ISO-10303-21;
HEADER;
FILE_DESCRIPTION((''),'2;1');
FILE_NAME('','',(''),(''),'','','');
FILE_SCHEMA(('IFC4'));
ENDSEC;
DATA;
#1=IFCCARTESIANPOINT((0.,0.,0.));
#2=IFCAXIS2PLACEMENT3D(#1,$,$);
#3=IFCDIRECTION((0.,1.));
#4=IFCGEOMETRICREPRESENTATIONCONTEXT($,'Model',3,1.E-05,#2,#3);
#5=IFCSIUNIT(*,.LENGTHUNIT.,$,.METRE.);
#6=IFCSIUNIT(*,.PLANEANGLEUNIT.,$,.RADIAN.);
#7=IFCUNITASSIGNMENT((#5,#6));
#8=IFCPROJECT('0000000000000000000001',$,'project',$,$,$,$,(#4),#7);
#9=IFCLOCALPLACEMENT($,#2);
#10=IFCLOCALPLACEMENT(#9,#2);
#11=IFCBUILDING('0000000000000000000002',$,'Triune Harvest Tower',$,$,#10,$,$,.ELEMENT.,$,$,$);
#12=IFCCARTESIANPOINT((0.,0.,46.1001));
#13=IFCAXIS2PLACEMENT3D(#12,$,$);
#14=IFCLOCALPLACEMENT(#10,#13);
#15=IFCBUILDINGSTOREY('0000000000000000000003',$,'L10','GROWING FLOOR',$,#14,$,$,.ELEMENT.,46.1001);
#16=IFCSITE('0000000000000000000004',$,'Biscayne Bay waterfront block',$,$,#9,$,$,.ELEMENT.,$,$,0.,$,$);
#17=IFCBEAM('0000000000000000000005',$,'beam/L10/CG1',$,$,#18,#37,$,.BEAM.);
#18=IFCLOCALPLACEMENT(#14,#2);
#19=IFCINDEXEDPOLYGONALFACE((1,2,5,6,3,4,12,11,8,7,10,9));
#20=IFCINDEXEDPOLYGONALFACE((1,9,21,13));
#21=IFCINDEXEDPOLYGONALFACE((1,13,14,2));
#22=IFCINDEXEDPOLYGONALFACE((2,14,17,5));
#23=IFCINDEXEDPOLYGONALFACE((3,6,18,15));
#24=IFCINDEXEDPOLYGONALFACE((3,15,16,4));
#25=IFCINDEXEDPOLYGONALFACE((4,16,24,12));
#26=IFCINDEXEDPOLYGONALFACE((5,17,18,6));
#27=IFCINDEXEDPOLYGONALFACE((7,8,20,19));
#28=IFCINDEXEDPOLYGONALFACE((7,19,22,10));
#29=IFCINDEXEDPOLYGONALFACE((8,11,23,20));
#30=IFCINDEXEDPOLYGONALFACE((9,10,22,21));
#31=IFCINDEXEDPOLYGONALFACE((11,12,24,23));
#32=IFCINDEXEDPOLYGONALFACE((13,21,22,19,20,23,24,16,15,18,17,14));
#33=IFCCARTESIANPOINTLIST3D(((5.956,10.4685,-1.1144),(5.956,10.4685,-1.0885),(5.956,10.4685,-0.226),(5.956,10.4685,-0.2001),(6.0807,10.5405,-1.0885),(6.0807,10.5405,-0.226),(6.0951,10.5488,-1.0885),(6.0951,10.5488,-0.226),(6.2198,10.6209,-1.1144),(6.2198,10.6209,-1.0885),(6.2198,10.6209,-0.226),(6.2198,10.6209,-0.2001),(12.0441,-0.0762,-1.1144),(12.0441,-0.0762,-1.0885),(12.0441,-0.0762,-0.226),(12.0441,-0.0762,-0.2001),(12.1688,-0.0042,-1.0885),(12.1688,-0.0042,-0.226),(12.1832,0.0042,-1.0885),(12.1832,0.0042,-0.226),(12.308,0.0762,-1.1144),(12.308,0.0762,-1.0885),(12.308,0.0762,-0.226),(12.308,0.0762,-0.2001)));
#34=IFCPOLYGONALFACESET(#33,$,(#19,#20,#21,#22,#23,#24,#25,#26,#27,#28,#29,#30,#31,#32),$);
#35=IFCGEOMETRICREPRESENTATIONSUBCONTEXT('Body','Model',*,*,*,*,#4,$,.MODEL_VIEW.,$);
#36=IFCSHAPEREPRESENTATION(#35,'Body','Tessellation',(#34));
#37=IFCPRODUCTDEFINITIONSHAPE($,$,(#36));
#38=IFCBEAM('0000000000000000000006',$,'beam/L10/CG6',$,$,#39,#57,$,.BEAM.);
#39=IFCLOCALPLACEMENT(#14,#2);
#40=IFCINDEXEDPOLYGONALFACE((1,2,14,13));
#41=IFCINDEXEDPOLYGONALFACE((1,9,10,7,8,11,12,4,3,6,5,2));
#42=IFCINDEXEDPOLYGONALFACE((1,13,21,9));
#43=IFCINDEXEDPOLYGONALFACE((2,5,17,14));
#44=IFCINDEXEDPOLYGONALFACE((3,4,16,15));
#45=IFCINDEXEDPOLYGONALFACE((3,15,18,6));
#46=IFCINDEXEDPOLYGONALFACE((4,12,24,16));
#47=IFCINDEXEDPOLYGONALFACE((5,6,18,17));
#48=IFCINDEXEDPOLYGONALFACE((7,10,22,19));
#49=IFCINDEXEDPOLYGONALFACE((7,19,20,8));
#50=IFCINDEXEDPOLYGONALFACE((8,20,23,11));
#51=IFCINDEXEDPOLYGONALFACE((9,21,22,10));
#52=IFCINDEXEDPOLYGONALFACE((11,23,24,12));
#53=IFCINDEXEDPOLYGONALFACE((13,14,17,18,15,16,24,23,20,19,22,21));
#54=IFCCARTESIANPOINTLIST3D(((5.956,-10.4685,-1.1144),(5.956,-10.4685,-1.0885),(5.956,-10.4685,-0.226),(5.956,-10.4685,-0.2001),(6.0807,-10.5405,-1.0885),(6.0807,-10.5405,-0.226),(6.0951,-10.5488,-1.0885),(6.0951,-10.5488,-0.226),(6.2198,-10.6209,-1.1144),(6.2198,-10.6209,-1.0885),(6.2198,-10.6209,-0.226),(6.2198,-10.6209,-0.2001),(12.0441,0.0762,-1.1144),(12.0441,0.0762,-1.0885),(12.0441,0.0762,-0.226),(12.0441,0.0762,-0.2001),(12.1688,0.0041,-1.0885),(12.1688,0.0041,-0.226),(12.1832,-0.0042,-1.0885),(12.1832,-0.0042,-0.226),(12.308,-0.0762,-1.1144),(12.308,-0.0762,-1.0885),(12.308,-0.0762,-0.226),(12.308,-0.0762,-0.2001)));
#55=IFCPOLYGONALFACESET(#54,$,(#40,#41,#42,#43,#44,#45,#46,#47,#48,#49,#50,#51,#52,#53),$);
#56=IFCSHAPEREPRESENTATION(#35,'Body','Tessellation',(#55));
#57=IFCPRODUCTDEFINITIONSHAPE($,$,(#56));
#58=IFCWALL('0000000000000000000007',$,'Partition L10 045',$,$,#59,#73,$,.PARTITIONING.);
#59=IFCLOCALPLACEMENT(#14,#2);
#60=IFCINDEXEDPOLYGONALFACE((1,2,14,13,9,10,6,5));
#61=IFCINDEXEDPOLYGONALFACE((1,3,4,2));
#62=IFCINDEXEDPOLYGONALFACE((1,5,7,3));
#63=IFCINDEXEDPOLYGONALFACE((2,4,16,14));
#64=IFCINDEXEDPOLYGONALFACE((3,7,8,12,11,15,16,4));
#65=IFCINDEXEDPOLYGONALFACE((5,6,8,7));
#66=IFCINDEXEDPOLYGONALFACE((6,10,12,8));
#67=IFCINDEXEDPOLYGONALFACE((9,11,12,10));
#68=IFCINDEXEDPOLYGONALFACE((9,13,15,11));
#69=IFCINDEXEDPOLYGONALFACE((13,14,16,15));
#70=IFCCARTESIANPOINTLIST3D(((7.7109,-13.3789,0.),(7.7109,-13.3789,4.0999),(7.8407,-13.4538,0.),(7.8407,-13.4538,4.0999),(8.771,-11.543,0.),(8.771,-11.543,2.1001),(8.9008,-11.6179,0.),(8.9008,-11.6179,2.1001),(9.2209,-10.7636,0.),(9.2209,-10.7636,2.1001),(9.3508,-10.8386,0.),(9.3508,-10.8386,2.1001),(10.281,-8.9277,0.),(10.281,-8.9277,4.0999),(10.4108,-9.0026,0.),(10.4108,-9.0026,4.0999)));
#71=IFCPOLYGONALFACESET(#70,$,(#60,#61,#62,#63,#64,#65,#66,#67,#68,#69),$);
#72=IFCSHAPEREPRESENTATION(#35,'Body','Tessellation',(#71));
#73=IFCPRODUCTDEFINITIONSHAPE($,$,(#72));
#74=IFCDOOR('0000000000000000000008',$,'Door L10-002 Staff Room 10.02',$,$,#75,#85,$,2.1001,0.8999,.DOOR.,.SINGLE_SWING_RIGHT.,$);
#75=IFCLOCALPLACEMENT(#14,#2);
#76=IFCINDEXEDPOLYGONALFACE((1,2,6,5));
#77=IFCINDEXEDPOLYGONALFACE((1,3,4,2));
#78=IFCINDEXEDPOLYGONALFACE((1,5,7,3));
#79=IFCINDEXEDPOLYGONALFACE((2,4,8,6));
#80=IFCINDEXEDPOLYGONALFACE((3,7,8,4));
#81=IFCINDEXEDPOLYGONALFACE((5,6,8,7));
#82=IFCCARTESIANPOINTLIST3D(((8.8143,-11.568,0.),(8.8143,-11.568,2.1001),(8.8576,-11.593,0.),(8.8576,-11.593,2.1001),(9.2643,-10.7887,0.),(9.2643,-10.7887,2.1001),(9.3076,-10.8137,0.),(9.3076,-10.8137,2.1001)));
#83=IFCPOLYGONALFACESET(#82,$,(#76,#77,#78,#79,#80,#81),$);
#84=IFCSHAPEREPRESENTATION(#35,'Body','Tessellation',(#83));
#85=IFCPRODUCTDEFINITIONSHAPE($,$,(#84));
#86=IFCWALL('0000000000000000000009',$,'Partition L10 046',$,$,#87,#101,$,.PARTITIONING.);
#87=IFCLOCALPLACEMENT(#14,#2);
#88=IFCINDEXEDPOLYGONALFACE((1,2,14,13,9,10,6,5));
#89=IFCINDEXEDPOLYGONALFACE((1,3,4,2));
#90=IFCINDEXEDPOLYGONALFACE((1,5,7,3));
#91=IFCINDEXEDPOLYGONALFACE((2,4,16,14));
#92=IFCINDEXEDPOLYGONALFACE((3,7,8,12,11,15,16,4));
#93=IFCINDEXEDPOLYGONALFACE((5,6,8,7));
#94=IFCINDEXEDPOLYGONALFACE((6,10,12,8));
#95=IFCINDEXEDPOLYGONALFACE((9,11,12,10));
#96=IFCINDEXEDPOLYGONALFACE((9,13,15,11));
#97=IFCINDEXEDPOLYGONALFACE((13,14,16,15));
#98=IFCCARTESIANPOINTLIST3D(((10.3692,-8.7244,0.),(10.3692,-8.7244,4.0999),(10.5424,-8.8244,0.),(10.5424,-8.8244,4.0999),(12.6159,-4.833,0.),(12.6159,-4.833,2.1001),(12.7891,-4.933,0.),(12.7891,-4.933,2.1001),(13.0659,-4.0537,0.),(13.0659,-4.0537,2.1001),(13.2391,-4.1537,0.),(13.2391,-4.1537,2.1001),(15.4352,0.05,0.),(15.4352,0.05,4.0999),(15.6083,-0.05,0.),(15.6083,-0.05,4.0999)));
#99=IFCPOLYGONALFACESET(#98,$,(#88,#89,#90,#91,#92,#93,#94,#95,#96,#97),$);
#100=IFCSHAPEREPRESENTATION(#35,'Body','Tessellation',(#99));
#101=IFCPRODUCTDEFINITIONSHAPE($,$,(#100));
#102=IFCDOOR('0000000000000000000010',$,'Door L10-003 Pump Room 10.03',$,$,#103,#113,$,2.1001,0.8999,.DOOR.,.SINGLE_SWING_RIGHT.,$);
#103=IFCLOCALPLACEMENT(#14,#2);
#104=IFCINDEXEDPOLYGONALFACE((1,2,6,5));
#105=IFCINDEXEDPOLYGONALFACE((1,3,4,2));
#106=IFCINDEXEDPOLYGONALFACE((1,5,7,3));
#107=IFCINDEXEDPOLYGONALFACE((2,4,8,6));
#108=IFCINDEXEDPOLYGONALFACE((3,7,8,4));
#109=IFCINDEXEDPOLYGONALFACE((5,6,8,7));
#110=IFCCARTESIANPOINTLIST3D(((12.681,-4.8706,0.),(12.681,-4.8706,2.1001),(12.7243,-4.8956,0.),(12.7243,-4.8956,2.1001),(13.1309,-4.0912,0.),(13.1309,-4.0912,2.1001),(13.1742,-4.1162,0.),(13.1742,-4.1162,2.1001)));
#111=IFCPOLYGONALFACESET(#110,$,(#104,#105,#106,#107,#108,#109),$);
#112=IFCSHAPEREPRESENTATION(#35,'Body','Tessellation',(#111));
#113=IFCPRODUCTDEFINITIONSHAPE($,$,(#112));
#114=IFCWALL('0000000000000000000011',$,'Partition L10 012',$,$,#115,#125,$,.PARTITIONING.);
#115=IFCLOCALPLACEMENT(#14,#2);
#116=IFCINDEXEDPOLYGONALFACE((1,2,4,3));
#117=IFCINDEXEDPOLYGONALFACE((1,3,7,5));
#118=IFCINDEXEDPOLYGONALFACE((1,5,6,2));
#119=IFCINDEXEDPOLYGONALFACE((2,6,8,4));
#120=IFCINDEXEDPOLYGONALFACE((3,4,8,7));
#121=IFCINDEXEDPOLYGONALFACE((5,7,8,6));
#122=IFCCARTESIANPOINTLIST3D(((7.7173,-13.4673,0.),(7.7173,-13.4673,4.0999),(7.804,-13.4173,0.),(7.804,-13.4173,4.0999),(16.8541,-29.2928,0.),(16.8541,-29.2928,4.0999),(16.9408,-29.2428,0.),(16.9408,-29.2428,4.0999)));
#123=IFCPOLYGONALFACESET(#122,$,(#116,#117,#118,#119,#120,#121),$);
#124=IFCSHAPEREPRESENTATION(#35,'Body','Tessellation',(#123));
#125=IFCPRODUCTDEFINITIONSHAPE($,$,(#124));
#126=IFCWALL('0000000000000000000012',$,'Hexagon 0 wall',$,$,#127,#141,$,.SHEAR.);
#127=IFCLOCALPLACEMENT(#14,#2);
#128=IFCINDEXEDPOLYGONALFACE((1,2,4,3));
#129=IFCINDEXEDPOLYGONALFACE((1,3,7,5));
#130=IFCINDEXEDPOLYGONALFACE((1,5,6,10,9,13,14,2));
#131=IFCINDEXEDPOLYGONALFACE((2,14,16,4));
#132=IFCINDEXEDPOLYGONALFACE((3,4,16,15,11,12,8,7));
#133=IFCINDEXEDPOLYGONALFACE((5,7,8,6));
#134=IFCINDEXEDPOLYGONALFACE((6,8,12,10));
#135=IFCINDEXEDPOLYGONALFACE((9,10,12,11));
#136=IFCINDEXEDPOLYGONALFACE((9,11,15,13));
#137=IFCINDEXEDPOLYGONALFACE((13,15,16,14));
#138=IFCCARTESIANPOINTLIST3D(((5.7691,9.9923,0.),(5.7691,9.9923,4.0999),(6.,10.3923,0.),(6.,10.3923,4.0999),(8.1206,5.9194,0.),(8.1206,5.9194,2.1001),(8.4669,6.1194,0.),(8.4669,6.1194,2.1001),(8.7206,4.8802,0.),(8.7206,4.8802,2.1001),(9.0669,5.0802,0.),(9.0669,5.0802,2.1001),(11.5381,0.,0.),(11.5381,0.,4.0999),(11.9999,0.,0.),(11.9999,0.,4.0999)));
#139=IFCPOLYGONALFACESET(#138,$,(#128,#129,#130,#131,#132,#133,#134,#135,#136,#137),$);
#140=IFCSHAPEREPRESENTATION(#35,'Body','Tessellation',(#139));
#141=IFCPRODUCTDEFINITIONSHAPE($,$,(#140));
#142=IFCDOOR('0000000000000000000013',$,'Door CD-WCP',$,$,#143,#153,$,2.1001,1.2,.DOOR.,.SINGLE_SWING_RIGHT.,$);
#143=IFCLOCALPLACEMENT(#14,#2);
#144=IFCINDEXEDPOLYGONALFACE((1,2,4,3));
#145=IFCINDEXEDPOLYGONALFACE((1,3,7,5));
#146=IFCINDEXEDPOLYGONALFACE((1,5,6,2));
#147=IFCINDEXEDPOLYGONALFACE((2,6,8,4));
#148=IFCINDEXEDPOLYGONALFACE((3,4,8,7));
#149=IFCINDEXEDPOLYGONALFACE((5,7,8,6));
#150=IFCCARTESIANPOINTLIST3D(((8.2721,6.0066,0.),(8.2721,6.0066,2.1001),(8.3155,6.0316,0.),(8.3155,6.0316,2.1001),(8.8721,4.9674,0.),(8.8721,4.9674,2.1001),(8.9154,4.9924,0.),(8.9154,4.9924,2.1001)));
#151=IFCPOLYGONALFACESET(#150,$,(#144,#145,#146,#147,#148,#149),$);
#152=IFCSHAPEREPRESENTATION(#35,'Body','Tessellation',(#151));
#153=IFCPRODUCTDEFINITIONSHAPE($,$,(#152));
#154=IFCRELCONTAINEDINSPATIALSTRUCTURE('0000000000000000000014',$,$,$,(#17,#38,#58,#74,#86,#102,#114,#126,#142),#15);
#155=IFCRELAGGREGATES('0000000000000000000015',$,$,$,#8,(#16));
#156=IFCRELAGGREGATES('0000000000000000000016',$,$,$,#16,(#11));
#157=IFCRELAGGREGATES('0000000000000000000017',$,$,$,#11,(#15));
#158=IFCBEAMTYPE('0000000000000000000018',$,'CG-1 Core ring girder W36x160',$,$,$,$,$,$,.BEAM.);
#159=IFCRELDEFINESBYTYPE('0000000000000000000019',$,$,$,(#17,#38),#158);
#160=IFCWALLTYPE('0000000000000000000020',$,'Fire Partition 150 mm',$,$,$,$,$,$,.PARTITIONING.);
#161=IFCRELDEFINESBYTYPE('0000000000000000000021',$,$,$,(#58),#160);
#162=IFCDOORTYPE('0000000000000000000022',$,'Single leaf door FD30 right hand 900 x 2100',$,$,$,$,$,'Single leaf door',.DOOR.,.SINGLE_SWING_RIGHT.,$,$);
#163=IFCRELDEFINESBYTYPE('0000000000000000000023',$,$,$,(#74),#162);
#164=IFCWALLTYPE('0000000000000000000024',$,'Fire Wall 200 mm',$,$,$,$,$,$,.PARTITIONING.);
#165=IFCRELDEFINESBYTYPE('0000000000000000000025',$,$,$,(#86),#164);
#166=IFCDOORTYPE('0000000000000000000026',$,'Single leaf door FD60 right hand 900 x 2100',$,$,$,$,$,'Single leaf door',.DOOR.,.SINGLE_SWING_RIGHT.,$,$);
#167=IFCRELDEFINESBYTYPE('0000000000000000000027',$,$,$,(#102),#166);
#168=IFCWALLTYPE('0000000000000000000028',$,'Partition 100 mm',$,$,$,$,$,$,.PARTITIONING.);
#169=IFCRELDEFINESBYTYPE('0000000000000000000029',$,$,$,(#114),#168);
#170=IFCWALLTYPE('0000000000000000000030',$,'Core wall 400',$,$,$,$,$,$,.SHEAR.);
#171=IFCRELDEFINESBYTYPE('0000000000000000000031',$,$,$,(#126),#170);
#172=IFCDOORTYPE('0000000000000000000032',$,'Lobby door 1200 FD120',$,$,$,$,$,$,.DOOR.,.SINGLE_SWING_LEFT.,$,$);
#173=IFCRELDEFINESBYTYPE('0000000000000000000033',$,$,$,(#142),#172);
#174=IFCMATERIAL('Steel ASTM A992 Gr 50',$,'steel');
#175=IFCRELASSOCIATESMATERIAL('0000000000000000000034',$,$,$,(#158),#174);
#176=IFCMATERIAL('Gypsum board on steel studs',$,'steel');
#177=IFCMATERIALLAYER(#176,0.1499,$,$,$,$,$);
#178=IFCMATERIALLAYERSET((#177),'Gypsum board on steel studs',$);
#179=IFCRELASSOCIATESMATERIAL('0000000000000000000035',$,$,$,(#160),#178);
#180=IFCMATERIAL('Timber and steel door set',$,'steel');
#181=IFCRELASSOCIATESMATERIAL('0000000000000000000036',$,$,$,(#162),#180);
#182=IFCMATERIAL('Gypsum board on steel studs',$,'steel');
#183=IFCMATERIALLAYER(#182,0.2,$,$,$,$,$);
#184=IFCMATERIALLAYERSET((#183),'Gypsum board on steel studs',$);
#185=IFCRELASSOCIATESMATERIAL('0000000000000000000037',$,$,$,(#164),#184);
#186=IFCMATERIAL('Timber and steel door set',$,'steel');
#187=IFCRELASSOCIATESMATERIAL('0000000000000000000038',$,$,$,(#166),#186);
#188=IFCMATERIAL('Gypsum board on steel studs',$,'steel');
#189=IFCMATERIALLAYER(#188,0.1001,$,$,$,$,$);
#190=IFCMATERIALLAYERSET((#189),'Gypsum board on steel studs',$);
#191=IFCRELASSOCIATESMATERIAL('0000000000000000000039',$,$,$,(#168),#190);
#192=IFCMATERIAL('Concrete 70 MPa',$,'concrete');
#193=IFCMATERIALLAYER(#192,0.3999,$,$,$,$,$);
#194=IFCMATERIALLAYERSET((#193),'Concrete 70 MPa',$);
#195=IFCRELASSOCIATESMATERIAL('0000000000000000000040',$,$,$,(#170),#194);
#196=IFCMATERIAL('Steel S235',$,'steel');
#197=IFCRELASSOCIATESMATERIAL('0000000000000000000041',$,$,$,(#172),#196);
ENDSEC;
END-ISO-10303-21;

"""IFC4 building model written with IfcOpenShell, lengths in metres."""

from ifc_helpers import new_model, si_unit, direction, frame, frame_2d, origin, origin_2d, place, context, subcontext, project, spatial, polyline, rectangle, i_section, outline, extrude, source, transform, mapped, material, layer, layer_set, material_profile, profile_set, type_object, element, fill, save


model = new_model("IFC4")

# Units and contexts
model_context = context("Model", 3, precision=1e-05, world=origin(), true_north=direction((0.0, 1.0)))
body_context = subcontext(model_context, "Body", "Model", "MODEL_VIEW")
ifc_project = project(units=[si_unit("LENGTHUNIT", "METRE"), si_unit("PLANEANGLEUNIT", "RADIAN")], contexts=[model_context])

# Site, building, storey
site_placement = place(None, origin())
site = spatial("IfcSite", under=ifc_project, at=site_placement, Name="Biscayne Bay waterfront block", CompositionType="ELEMENT", RefElevation=0.0)
building_placement = place(site_placement, origin())
building = spatial("IfcBuilding", under=site, at=building_placement, Name="Triune Harvest Tower", CompositionType="ELEMENT")
storey_placement = place(building_placement, frame((0.0, 0.0, 46.1001)))
storey = spatial("IfcBuildingStorey", under=building, at=storey_placement, Name="L10", Description="GROWING FLOOR", CompositionType="ELEMENT", Elevation=46.1001)

# Beams
ifc_material_1 = material(Name="Steel ASTM A992 Gr 50", Category="steel")
ifc_material_profile = material_profile(ifc_material_1, i_section(OverallWidth=0.3047, OverallDepth=0.9143, WebThickness=0.0166, FlangeThickness=0.0259, at=origin_2d()), Name="W36x160")
ifc_profile_set = profile_set([ifc_material_profile], Name="Steel ASTM A992 Gr 50")
beam_type = type_object("IfcBeamType", Name="CG-1 Core ring girder W36x160", PredefinedType="BEAM", material=ifc_profile_set)
shared_shape_1 = source(origin(), body_context, "Body", "SweptSolid", [
    extrude(i_section(OverallWidth=0.3047, OverallDepth=0.9143, WebThickness=0.0166, FlangeThickness=0.0259, at=origin_2d()), origin(), (0.0, 0.0, 1.0), 12.176),
])
for number, where, z_axis, x_axis, name in (
    (1, (12.176, 0.0, -0.6572), (-0.50001, 0.86602, 0.0), (-0.86602, -0.50001, 0.0), "beam/L10/CG1"),
    (2, (6.0879, -10.5447, -0.6572), (0.50001, 0.86602, 0.0), (-0.86602, 0.50001, 0.0), "beam/L10/CG6"),
):
    element("IfcBeam", number, at=place(storey_placement, frame(where, z_axis=z_axis, x_axis=x_axis)), inside=storey, type_object=beam_type, Name=name, PredefinedType="BEAM", context=body_context, shape_type="MappedRepresentation", body=[
        mapped(shared_shape_1, transform((0.0, 0.0, 0.0), scale=1.0)),
    ])

# Walls, openings, doors
ifc_material_2 = material(Name="Gypsum board on steel studs", Category="steel")
ifc_layer_1 = layer(ifc_material_2, 0.1499)
ifc_layer_set_1 = layer_set([ifc_layer_1], Name="Gypsum board on steel studs")
wall_type_1 = type_object("IfcWallType", Name="Fire Partition 150 mm", PredefinedType="PARTITIONING", material=ifc_layer_set_1)
wall_1_placement = place(storey_placement, frame((7.7759, -13.4163, 0.0), z_axis=(0.0, 0.0, 1.0), x_axis=(0.500027, 0.86601, 0.0)))
wall_1 = element("IfcWall", 3, at=wall_1_placement, inside=storey, type_object=wall_type_1, Name="Partition L10 045", PredefinedType="PARTITIONING", context=body_context, shape_type="SweptSolid", body=[
    extrude(rectangle(XDim=5.1399, YDim=0.1499, at=frame_2d((2.5698, 0.0))), origin(), (0.0, 0.0, 1.0), 4.0999),
])
opening_1_placement = place(wall_1_placement, frame((2.1199, 0.0, 0.0)))
opening_1 = element("IfcOpeningElement", 4, at=opening_1_placement, cuts=wall_1, PredefinedType="OPENING", context=body_context, shape_type="SweptSolid", body=[
    extrude(rectangle(XDim=0.8999, YDim=2.1001, at=frame_2d((0.45, 1.05))), frame((0.0, 0.085, 0.0), z_axis=(0.0, -1.0, 0.0), x_axis=(1.0, 0.0, 0.0)), (0.0, 0.0, 1.0), 0.1699),
])
ifc_material_3 = material(Name="Timber and steel door set", Category="steel")
door_type_1 = type_object("IfcDoorType", Name="Single leaf door FD30 right hand 900 x 2100", ElementType="Single leaf door", OperationType="SINGLE_SWING_RIGHT", PredefinedType="DOOR", material=ifc_material_3)
door_1_placement = place(opening_1_placement, origin())
door_1 = element("IfcDoor", 5, at=door_1_placement, inside=storey, type_object=door_type_1, Name="Door L10-002 Staff Room 10.02", OperationType="SINGLE_SWING_RIGHT", OverallHeight=2.1001, OverallWidth=0.8999, PredefinedType="DOOR", context=body_context, shape_type="SweptSolid", body=[
    extrude(rectangle(XDim=0.8999, YDim=2.1001, at=frame_2d((0.45, 1.05))), frame((0.0, 0.0249, 0.0), z_axis=(0.0, -1.0, 0.0), x_axis=(1.0, 0.0, 0.0)), (0.0, 0.0, 1.0), 0.05),
])
fill(opening_1, door_1)
ifc_material_4 = material(Name="Gypsum board on steel studs", Category="steel")
ifc_layer_2 = layer(ifc_material_4, 0.2)
ifc_layer_set_2 = layer_set([ifc_layer_2], Name="Gypsum board on steel studs")
wall_type_2 = type_object("IfcWallType", Name="Fire Wall 200 mm", PredefinedType="PARTITIONING", material=ifc_layer_set_2)
wall_2_placement = place(storey_placement, frame((10.4558, -8.7744, 0.0), z_axis=(0.0, 0.0, 1.0), x_axis=(0.500001, 0.866025, 0.0)))
wall_2 = element("IfcWall", 6, at=wall_2_placement, inside=storey, type_object=wall_type_2, Name="Partition L10 046", PredefinedType="PARTITIONING", context=body_context, shape_type="SweptSolid", body=[
    extrude(rectangle(XDim=10.1318, YDim=0.2, at=frame_2d((5.0659, 0.0))), origin(), (0.0, 0.0, 1.0), 4.0999),
])
opening_2_placement = place(wall_2_placement, frame((4.4934, 0.0, 0.0)))
opening_2 = element("IfcOpeningElement", 7, at=opening_2_placement, cuts=wall_2, PredefinedType="OPENING", context=body_context, shape_type="SweptSolid", body=[
    extrude(rectangle(XDim=0.8999, YDim=2.1001, at=frame_2d((0.45, 1.05))), frame((0.0, 0.1099, 0.0), z_axis=(0.0, -1.0, 0.0), x_axis=(1.0, 0.0, 0.0)), (0.0, 0.0, 1.0), 0.22),
])
ifc_material_5 = material(Name="Timber and steel door set", Category="steel")
door_type_2 = type_object("IfcDoorType", Name="Single leaf door FD60 right hand 900 x 2100", ElementType="Single leaf door", OperationType="SINGLE_SWING_RIGHT", PredefinedType="DOOR", material=ifc_material_5)
door_2_placement = place(opening_2_placement, origin())
door_2 = element("IfcDoor", 8, at=door_2_placement, inside=storey, type_object=door_type_2, Name="Door L10-003 Pump Room 10.03", OperationType="SINGLE_SWING_RIGHT", OverallHeight=2.1001, OverallWidth=0.8999, PredefinedType="DOOR", context=body_context, shape_type="SweptSolid", body=[
    extrude(rectangle(XDim=0.8999, YDim=2.1001, at=frame_2d((0.45, 1.05))), frame((0.0, 0.0249, 0.0), z_axis=(0.0, -1.0, 0.0), x_axis=(1.0, 0.0, 0.0)), (0.0, 0.0, 1.0), 0.05),
])
fill(opening_2, door_2)

# Wall
ifc_material_6 = material(Name="Gypsum board on steel studs", Category="steel")
ifc_layer_3 = layer(ifc_material_6, 0.1001)
ifc_layer_set_3 = layer_set([ifc_layer_3], Name="Gypsum board on steel studs")
wall_type_3 = type_object("IfcWallType", Name="Partition 100 mm", PredefinedType="PARTITIONING", material=ifc_layer_set_3)
wall_3_placement = place(storey_placement, frame((7.7607, -13.4424, 0.0), z_axis=(0.0, 0.0, 1.0), x_axis=(0.499996, -0.866028, 0.0)))
element("IfcWall", 9, at=wall_3_placement, inside=storey, type_object=wall_type_3, Name="Partition L10 012", PredefinedType="PARTITIONING", context=body_context, shape_type="SweptSolid", body=[
    extrude(rectangle(XDim=18.2737, YDim=0.1001, at=frame_2d((9.1367, 0.0))), origin(), (0.0, 0.0, 1.0), 4.0999),
])

# Wall, opening, door
ifc_material_7 = material(Name="Concrete 70 MPa", Category="concrete")
ifc_layer_4 = layer(ifc_material_7, 0.3999)
ifc_layer_set_4 = layer_set([ifc_layer_4], Name="Concrete 70 MPa")
wall_type_4 = type_object("IfcWallType", Name="Core wall 400", PredefinedType="SHEAR", material=ifc_layer_set_4)
shared_shape_2 = source(origin(), body_context, "Body", "SweptSolid", [
    extrude(outline(polyline([(-0.1155, -0.2), (11.8845, -0.2), (11.6536, 0.2), (0.1155, 0.2), (-0.1155, -0.2)])), origin(), (0.0, 0.0, 1.0), 4.0999),
])
wall_4_placement = place(storey_placement, frame((11.769, 0.0, 0.0), z_axis=(0.0, 0.0, 1.0), x_axis=(-0.499997, 0.866027, 0.0)))
wall_4 = element("IfcWall", 10, at=wall_4_placement, inside=storey, type_object=wall_type_4, Name="Hexagon 0 wall", PredefinedType="SHEAR", context=body_context, shape_type="MappedRepresentation", body=[
    mapped(shared_shape_2, transform((0.0, 0.0, 0.0), scale=1.0)),
])
opening_3_placement = place(wall_4_placement, frame((5.7505, 0.0, 0.0)))
opening_3 = element("IfcOpeningElement", 11, at=opening_3_placement, cuts=wall_4, PredefinedType="OPENING", context=body_context, shape_type="SweptSolid", body=[
    extrude(rectangle(XDim=1.2, YDim=2.1001, at=frame_2d((0.6001, 1.05))), frame((0.0, 0.21, 0.0), z_axis=(0.0, -1.0, 0.0), x_axis=(1.0, 0.0, 0.0)), (0.0, 0.0, 1.0), 0.4199),
])
ifc_material_8 = material(Name="Steel S235", Category="steel")
door_type_3 = type_object("IfcDoorType", Name="Lobby door 1200 FD120", OperationType="SINGLE_SWING_LEFT", PredefinedType="DOOR", material=ifc_material_8)
door_3_placement = place(opening_3_placement, frame((1.2, 0.0, 0.0), z_axis=(0.0, 0.0, 1.0), x_axis=(-1.0, 0.0, 0.0)))
door_3 = element("IfcDoor", 12, at=door_3_placement, inside=storey, type_object=door_type_3, Name="Door CD-WCP", OperationType="SINGLE_SWING_RIGHT", OverallHeight=2.1001, OverallWidth=1.2, PredefinedType="DOOR", context=body_context, shape_type="SweptSolid", body=[
    extrude(rectangle(XDim=1.2, YDim=2.1001, at=frame_2d((0.6001, 1.05))), frame((0.0, 0.0249, 0.0), z_axis=(0.0, -1.0, 0.0), x_axis=(1.0, 0.0, 0.0)), (0.0, 0.0, 1.0), 0.05),
])
fill(opening_3, door_3)

save(model, "model.ifc")
